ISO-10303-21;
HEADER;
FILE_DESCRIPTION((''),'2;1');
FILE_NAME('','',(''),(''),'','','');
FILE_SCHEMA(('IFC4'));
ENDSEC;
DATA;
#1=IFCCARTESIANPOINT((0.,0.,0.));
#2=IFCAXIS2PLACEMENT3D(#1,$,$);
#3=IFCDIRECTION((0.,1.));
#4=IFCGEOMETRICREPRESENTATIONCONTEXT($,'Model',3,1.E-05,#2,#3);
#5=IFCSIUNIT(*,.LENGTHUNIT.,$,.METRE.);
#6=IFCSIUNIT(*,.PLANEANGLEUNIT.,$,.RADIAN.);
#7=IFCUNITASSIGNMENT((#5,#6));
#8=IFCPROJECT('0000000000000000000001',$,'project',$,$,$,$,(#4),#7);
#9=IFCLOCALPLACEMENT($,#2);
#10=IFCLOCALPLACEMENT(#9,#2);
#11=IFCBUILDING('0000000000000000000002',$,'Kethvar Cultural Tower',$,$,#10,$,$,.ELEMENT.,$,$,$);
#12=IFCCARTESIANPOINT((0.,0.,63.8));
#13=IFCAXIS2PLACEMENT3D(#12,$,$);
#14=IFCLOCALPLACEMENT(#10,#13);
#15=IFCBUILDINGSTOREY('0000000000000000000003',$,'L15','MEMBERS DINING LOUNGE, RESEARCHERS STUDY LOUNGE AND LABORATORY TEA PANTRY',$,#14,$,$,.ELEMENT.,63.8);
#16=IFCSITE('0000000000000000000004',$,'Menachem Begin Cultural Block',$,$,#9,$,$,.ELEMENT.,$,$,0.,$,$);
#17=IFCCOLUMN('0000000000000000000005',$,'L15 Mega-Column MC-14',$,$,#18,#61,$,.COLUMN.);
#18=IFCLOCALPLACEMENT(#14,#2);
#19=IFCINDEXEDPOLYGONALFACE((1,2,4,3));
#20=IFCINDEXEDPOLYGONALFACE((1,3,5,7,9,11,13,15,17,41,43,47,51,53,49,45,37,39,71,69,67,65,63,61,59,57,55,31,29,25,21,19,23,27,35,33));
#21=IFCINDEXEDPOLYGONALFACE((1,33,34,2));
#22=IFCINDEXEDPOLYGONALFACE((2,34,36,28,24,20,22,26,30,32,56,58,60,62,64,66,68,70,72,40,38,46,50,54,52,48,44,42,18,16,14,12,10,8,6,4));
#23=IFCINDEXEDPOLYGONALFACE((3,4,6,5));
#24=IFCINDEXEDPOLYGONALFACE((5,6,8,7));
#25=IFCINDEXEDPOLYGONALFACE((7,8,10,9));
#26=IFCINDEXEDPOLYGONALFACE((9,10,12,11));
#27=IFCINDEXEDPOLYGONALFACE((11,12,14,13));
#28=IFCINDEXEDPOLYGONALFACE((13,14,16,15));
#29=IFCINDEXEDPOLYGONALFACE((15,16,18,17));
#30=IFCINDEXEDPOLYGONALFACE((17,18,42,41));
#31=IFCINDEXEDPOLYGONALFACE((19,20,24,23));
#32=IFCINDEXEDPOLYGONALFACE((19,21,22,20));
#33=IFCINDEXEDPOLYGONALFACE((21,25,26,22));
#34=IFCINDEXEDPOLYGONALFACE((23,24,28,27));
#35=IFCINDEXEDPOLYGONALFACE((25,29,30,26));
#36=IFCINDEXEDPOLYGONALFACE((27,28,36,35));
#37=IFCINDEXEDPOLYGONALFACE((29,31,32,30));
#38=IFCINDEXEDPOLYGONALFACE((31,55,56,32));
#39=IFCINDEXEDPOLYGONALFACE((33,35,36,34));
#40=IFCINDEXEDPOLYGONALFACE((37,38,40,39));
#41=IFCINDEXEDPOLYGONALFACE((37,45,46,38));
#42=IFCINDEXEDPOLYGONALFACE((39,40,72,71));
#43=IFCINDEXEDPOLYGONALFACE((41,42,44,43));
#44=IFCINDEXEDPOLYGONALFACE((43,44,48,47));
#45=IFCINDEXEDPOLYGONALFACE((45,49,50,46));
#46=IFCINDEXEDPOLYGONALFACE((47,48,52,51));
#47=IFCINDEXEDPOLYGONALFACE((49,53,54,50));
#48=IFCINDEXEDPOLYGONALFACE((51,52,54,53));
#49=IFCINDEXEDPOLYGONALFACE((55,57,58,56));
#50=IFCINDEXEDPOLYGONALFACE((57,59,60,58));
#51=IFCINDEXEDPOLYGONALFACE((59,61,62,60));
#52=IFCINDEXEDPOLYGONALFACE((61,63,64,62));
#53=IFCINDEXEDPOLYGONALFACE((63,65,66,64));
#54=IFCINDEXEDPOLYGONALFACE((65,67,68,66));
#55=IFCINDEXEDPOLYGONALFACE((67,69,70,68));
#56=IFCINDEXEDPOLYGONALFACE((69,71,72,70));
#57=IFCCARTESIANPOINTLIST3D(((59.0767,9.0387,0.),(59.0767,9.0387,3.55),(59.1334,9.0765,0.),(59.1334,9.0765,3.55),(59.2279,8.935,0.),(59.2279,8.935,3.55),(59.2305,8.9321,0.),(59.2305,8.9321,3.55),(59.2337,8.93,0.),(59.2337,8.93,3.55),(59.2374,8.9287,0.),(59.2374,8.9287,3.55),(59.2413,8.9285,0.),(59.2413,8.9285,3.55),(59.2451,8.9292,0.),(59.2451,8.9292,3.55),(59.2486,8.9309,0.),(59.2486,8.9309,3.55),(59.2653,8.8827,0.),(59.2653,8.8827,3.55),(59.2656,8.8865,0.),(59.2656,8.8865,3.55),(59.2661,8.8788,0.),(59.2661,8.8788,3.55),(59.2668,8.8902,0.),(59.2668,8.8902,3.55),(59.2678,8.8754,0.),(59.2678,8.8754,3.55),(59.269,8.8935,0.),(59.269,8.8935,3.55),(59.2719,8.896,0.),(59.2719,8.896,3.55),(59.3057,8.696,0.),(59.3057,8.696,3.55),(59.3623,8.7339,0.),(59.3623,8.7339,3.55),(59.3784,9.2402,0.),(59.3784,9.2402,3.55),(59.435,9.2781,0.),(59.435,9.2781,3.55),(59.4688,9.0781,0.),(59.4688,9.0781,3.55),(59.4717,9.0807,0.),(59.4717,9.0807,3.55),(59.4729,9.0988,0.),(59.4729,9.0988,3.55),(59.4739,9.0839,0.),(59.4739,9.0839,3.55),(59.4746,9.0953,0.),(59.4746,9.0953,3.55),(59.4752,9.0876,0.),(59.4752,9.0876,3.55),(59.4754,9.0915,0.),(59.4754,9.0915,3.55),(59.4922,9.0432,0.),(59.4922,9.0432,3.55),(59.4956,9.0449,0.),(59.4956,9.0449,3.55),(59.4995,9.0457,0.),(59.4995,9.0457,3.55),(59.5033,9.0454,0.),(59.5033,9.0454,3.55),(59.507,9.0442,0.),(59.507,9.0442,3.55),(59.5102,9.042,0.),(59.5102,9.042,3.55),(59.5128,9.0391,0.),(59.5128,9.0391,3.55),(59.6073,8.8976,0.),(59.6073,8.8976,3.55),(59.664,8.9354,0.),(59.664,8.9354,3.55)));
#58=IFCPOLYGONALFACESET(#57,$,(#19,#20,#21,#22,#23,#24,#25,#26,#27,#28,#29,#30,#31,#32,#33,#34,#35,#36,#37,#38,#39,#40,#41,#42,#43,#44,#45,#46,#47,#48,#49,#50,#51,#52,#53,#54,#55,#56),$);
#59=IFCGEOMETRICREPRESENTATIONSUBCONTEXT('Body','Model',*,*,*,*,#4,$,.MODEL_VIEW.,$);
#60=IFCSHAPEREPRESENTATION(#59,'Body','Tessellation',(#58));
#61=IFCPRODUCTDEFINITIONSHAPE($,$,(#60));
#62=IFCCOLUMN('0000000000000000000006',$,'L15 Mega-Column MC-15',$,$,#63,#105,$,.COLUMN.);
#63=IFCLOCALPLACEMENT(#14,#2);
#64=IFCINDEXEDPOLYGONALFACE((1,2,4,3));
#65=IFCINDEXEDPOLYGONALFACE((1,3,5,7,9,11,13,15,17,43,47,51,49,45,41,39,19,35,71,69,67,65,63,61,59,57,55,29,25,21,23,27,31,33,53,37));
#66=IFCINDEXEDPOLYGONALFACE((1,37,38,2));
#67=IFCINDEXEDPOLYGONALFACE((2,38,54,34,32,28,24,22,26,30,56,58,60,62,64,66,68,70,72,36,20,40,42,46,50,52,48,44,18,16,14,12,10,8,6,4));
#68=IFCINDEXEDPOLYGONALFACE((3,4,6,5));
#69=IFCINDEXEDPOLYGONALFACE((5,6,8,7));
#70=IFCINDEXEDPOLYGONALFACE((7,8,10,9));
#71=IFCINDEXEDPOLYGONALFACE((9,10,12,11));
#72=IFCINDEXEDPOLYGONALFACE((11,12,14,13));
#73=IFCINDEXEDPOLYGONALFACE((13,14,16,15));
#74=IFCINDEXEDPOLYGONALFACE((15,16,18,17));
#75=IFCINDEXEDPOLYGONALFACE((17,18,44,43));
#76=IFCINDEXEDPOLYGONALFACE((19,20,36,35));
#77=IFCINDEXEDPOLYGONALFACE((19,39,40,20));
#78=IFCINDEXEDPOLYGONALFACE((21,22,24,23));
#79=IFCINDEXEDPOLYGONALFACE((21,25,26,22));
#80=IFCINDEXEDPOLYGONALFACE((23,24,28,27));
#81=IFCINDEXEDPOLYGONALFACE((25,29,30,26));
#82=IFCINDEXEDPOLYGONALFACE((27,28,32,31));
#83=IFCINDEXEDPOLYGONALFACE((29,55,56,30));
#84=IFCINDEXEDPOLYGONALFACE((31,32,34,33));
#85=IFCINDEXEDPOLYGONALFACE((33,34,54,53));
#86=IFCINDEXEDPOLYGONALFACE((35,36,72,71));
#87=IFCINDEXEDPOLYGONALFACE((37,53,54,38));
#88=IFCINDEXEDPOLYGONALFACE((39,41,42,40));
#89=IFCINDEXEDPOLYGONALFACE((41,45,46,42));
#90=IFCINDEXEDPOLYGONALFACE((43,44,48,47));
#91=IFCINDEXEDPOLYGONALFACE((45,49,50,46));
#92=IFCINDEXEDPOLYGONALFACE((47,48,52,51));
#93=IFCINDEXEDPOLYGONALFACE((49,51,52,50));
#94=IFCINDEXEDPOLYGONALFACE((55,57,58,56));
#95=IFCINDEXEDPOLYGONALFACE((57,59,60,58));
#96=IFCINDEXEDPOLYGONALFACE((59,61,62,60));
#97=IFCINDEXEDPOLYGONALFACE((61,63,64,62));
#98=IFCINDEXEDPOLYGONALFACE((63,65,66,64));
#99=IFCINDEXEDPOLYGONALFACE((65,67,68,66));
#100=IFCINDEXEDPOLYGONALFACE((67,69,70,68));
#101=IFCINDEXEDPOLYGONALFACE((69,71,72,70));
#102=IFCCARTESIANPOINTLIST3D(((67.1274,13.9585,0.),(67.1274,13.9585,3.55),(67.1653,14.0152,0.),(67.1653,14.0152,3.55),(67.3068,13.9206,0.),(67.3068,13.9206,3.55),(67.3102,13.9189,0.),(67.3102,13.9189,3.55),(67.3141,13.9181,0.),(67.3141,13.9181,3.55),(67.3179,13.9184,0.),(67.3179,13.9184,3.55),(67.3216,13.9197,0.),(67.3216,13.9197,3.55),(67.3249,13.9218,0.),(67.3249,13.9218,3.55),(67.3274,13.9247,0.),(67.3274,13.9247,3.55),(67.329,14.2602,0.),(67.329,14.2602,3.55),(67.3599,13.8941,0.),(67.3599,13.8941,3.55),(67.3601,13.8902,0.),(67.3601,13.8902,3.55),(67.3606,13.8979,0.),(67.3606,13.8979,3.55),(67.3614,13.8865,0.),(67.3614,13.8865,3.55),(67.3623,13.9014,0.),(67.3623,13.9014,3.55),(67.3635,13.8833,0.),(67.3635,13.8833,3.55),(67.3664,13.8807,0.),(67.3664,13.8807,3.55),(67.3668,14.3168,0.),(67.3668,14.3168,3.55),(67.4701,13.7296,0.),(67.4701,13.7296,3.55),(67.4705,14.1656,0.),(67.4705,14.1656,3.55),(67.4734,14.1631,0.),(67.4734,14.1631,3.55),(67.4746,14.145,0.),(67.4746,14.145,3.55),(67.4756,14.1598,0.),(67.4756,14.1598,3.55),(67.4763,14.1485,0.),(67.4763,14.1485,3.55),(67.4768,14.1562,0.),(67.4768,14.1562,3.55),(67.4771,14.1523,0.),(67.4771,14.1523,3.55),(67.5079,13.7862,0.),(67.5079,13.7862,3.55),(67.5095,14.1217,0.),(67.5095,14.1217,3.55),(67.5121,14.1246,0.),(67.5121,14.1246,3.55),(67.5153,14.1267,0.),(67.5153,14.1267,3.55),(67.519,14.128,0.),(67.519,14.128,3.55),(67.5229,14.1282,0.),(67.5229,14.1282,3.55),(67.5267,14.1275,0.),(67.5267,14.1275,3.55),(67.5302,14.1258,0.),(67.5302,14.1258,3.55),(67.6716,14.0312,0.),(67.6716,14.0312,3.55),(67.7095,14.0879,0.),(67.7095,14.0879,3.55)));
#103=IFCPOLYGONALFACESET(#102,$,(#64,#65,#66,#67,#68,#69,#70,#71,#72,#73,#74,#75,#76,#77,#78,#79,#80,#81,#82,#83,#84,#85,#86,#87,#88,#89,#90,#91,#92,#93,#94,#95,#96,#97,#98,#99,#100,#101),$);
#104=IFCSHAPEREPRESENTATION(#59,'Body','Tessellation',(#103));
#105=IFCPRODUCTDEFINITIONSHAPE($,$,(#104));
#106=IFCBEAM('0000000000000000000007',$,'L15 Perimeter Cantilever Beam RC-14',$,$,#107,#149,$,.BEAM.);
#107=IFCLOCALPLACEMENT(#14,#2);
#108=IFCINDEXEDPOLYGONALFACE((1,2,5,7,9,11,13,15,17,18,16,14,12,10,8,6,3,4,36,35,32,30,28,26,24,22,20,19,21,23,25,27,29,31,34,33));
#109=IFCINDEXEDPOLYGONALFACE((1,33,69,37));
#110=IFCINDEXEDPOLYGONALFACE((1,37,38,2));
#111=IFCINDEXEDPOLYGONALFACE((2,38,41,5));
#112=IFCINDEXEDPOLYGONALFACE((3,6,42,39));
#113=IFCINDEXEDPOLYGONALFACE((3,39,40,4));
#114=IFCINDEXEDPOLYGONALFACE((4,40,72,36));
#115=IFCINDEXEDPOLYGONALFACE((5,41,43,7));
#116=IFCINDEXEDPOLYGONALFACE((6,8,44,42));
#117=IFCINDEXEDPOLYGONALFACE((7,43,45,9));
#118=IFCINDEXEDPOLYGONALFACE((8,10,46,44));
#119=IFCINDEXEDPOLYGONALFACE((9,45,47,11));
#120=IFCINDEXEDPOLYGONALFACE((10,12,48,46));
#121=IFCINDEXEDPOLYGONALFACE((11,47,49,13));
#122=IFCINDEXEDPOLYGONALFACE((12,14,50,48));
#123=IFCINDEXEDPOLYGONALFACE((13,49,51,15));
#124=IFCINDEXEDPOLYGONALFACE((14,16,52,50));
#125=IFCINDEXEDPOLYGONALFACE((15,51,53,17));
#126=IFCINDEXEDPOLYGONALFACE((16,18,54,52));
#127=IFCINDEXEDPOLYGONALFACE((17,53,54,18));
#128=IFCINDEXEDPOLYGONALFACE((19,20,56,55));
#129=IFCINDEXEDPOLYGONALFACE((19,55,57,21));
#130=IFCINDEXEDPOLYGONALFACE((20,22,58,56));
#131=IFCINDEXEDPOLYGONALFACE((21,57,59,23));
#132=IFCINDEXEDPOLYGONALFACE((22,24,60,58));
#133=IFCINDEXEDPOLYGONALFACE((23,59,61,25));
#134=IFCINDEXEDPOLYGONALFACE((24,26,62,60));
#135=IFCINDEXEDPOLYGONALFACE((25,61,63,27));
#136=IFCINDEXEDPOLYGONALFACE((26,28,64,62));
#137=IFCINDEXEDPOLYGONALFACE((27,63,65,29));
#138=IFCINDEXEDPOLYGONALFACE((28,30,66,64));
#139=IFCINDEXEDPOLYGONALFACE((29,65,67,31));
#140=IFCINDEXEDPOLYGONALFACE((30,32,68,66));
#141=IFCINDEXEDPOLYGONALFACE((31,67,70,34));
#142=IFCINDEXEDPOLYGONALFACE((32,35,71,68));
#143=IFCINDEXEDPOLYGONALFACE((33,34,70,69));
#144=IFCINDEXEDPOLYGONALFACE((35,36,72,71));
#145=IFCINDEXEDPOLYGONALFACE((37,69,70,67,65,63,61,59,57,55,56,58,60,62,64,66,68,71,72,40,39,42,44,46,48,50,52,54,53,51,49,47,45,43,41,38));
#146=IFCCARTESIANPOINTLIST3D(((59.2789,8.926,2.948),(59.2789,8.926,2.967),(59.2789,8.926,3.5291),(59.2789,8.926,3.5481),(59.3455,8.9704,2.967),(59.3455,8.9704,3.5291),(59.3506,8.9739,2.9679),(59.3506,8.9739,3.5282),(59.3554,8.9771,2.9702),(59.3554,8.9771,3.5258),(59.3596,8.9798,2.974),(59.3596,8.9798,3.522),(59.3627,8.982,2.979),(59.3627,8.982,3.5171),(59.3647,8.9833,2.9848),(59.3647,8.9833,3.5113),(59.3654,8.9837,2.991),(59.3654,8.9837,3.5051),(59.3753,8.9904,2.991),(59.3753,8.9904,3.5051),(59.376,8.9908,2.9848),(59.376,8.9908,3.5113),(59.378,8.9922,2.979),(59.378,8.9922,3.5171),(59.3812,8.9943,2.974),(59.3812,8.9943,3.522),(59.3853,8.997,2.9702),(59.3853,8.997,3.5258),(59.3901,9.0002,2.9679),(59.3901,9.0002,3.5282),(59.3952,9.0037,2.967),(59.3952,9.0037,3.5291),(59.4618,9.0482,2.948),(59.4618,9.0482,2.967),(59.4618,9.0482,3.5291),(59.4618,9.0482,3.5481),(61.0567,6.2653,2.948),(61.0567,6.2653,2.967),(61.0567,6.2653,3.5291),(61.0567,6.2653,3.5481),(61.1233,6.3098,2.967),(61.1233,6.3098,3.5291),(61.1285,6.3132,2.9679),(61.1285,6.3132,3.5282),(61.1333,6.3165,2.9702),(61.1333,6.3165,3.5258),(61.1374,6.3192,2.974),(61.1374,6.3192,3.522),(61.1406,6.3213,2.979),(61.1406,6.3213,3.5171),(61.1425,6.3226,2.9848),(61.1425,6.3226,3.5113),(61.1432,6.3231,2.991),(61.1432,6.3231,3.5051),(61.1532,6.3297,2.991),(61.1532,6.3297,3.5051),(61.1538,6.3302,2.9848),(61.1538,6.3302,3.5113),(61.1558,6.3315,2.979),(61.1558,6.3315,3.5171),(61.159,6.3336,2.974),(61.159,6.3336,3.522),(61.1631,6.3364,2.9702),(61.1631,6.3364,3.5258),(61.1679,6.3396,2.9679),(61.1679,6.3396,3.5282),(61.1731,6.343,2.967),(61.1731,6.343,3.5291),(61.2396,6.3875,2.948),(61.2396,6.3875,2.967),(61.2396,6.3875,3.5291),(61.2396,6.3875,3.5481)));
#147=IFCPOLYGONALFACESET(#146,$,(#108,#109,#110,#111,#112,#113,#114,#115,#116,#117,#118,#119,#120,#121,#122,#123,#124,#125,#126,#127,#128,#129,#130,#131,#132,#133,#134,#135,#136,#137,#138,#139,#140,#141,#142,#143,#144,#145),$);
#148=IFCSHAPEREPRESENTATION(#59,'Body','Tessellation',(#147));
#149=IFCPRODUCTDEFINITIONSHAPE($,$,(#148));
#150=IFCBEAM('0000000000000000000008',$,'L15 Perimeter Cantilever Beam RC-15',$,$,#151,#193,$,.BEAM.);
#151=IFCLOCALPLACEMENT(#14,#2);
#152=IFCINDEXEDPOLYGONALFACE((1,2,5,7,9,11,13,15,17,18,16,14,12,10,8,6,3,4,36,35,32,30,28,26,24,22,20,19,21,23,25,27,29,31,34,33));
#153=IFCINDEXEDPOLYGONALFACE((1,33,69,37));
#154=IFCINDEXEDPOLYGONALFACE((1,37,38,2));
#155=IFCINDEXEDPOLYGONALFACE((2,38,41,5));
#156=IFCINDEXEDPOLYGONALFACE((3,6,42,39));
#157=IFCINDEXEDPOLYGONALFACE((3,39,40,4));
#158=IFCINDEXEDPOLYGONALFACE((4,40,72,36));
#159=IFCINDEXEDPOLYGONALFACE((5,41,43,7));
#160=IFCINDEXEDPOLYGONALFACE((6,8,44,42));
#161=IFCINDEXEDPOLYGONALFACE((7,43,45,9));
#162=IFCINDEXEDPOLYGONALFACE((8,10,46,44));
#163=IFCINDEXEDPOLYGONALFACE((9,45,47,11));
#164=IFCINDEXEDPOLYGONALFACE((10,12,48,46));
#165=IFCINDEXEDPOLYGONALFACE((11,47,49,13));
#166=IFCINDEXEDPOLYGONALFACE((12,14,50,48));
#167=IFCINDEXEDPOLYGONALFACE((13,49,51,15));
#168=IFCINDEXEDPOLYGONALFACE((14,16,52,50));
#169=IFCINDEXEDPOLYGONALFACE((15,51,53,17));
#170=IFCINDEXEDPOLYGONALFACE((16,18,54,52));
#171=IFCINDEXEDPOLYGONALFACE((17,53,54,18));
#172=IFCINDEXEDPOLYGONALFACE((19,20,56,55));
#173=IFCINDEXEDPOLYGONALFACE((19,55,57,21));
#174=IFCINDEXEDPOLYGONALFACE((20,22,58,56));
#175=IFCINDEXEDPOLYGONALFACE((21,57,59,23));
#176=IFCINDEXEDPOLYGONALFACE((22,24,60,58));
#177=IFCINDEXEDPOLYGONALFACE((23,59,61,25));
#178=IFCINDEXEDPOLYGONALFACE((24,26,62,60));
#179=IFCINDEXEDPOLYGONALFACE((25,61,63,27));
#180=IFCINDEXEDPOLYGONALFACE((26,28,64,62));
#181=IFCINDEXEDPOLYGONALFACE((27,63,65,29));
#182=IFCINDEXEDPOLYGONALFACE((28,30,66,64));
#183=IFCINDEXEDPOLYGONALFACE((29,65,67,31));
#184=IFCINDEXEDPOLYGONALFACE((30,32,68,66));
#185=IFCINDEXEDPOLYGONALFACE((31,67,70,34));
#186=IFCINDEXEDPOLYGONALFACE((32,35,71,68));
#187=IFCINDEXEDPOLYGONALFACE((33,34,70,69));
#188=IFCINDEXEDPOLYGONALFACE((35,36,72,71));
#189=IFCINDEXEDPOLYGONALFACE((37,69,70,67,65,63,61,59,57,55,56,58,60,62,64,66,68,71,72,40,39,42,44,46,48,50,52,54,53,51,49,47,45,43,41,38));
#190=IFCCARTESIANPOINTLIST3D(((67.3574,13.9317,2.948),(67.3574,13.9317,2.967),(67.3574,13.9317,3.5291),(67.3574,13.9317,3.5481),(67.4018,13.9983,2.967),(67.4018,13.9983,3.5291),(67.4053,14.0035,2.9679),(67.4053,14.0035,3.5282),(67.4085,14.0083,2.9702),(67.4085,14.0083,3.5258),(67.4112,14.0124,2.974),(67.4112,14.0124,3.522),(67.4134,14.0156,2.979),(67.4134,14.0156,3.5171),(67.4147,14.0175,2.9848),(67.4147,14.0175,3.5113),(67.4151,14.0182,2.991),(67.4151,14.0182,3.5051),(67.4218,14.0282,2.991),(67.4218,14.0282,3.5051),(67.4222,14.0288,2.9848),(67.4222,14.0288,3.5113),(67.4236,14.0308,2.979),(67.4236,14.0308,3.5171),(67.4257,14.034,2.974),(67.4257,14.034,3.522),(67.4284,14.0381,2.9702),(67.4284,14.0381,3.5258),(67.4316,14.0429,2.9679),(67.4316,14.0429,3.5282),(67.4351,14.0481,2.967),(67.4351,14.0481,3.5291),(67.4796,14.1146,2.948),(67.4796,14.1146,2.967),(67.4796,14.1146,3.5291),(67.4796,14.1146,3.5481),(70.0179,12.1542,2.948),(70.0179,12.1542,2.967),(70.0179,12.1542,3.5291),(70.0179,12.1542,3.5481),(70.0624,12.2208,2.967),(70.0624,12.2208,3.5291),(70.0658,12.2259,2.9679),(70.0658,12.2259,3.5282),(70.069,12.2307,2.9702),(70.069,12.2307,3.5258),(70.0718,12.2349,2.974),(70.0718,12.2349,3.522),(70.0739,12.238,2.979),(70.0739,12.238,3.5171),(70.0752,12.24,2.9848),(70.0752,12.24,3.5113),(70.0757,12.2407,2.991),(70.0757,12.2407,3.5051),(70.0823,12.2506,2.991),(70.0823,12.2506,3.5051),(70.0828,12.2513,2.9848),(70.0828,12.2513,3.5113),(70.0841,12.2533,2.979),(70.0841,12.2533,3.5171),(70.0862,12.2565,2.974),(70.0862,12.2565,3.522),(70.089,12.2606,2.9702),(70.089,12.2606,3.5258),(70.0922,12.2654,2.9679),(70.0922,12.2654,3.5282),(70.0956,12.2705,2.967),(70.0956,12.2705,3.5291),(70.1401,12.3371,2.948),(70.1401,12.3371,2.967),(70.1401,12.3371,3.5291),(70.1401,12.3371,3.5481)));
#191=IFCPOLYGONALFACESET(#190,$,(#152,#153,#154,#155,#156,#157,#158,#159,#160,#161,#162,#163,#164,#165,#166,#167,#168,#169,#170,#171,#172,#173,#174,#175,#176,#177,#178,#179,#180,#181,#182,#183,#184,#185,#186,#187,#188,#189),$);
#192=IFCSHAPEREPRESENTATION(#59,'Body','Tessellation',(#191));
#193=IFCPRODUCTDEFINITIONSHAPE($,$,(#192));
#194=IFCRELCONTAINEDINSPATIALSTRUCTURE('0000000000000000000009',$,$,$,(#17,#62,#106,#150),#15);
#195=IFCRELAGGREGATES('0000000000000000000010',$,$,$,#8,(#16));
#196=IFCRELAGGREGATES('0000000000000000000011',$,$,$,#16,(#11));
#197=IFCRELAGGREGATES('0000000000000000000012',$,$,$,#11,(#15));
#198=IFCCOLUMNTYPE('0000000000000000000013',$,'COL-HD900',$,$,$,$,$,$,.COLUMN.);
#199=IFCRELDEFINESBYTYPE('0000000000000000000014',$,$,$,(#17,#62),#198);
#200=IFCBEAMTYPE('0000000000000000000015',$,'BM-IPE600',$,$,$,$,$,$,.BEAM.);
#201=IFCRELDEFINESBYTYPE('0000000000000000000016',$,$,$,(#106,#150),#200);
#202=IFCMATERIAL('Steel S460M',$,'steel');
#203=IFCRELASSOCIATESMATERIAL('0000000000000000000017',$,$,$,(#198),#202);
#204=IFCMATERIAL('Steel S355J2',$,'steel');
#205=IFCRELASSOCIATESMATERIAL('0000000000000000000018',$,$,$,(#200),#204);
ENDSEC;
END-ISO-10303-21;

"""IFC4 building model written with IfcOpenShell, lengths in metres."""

from ifc_helpers import new_model, si_unit, direction, frame, origin, origin_2d, place, context, subcontext, project, spatial, i_section, extrude, source, transform, mapped, material, material_profile, profile_set, type_object, element, save


model = new_model("IFC4")

# Units and contexts
model_context = context("Model", 3, precision=1e-05, world=origin(), true_north=direction((0.0, 1.0)))
body_context = subcontext(model_context, "Body", "Model", "MODEL_VIEW")
ifc_project = project(units=[si_unit("LENGTHUNIT", "METRE"), si_unit("PLANEANGLEUNIT", "RADIAN")], contexts=[model_context])

# Site, building, storey
site_placement = place(None, origin())
site = spatial("IfcSite", under=ifc_project, at=site_placement, Name="Menachem Begin Cultural Block", CompositionType="ELEMENT", RefElevation=0.0)
building_placement = place(site_placement, origin())
building = spatial("IfcBuilding", under=site, at=building_placement, Name="Kethvar Cultural Tower", CompositionType="ELEMENT")
storey_placement = place(building_placement, frame((0.0, 0.0, 63.8)))
storey = spatial("IfcBuildingStorey", under=building, at=storey_placement, Name="L15", Description="MEMBERS DINING LOUNGE, RESEARCHERS STUDY LOUNGE AND LABORATORY TEA PANTRY", CompositionType="ELEMENT", Elevation=63.8)

# Columns
ifc_material_1 = material(Name="Steel S460M", Category="steel")
ifc_material_profile_1 = material_profile(ifc_material_1, i_section(OverallWidth=0.4121, OverallDepth=0.4309, WebThickness=0.042, FlangeThickness=0.0681, FilletRadius=0.0149, at=origin_2d()), Name="Steel S460M — HD400x900")
ifc_profile_set_1 = profile_set([ifc_material_profile_1], Name="Steel S460M — HD400x900")
column_type = type_object("IfcColumnType", Name="COL-HD900", PredefinedType="COLUMN", material=ifc_profile_set_1)
shared_shape_1 = source(origin(), body_context, "Body", "SweptSolid", [
    extrude(i_section(OverallWidth=0.4121, OverallDepth=0.4309, WebThickness=0.042, FlangeThickness=0.0681, FilletRadius=0.0149, at=origin_2d()), origin(), (0.0, 0.0, 1.0), 3.55),
])
for number, where, z_axis, x_axis, name in (
    (1, (59.3704, 8.9871, 0.0), (0.0, 0.0, 1.0), (0.55557, -0.83147, 0.0), "L15 Mega-Column MC-14"),
    (2, (67.4185, 14.0232, 0.0), (0.0, 0.0, 1.0), (0.83147, -0.55557, 0.0), "L15 Mega-Column MC-15"),
):
    element("IfcColumn", number, at=place(storey_placement, frame(where, z_axis=z_axis, x_axis=x_axis)), inside=storey, type_object=column_type, Name=name, PredefinedType="COLUMN", context=body_context, shape_type="MappedRepresentation", body=[
        mapped(shared_shape_1, transform((0.0, 0.0, 0.0), scale=1.0)),
    ])

# Beams
ifc_material_2 = material(Name="Steel S355J2", Category="steel")
ifc_material_profile_2 = material_profile(ifc_material_2, i_section(OverallWidth=0.22, OverallDepth=0.6001, WebThickness=0.012, FlangeThickness=0.019, FilletRadius=0.0239, at=origin_2d()), Name="Steel S355J2 — IPE600")
ifc_profile_set_2 = profile_set([ifc_material_profile_2], Name="Steel S355J2 — IPE600")
beam_type_1 = type_object("IfcBeamType", Name="BM-IPE600", PredefinedType="BEAM", material=ifc_profile_set_2)
shared_shape_2 = source(origin(), body_context, "Body", "SweptSolid", [
    extrude(i_section(OverallWidth=0.22, OverallDepth=0.6001, WebThickness=0.012, FlangeThickness=0.019, FilletRadius=0.0239, at=origin_2d()), origin(), (0.0, 0.0, 1.0), 3.2),
])
beam_1_placement = place(storey_placement, frame((59.3704, 8.9871, 3.248), z_axis=(0.55558, -0.831463, 0.0), x_axis=(0.831463, 0.55558, 0.0)))
element("IfcBeam", 3, at=beam_1_placement, inside=storey, type_object=beam_type_1, Name="L15 Perimeter Cantilever Beam RC-14", PredefinedType="BEAM", context=body_context, shape_type="MappedRepresentation", body=[
    mapped(shared_shape_2, transform((0.0, 0.0, 0.0), scale=1.0)),
])
shared_shape_3 = source(origin(), body_context, "Body", "SweptSolid", [
    extrude(i_section(OverallWidth=0.22, OverallDepth=0.6001, WebThickness=0.012, FlangeThickness=0.019, FilletRadius=0.0239, at=origin_2d()), origin(), (0.0, 0.0, 1.0), 3.1997),
])
beam_2_placement = place(storey_placement, frame((67.4185, 14.0232, 3.248), z_axis=(0.831498, -0.555527, 0.0), x_axis=(0.555527, 0.831498, 0.0)))
element("IfcBeam", 4, at=beam_2_placement, inside=storey, type_object=beam_type_1, Name="L15 Perimeter Cantilever Beam RC-15", PredefinedType="BEAM", context=body_context, shape_type="MappedRepresentation", body=[
    mapped(shared_shape_3, transform((0.0, 0.0, 0.0), scale=1.0)),
])

save(model, "model.ifc")
